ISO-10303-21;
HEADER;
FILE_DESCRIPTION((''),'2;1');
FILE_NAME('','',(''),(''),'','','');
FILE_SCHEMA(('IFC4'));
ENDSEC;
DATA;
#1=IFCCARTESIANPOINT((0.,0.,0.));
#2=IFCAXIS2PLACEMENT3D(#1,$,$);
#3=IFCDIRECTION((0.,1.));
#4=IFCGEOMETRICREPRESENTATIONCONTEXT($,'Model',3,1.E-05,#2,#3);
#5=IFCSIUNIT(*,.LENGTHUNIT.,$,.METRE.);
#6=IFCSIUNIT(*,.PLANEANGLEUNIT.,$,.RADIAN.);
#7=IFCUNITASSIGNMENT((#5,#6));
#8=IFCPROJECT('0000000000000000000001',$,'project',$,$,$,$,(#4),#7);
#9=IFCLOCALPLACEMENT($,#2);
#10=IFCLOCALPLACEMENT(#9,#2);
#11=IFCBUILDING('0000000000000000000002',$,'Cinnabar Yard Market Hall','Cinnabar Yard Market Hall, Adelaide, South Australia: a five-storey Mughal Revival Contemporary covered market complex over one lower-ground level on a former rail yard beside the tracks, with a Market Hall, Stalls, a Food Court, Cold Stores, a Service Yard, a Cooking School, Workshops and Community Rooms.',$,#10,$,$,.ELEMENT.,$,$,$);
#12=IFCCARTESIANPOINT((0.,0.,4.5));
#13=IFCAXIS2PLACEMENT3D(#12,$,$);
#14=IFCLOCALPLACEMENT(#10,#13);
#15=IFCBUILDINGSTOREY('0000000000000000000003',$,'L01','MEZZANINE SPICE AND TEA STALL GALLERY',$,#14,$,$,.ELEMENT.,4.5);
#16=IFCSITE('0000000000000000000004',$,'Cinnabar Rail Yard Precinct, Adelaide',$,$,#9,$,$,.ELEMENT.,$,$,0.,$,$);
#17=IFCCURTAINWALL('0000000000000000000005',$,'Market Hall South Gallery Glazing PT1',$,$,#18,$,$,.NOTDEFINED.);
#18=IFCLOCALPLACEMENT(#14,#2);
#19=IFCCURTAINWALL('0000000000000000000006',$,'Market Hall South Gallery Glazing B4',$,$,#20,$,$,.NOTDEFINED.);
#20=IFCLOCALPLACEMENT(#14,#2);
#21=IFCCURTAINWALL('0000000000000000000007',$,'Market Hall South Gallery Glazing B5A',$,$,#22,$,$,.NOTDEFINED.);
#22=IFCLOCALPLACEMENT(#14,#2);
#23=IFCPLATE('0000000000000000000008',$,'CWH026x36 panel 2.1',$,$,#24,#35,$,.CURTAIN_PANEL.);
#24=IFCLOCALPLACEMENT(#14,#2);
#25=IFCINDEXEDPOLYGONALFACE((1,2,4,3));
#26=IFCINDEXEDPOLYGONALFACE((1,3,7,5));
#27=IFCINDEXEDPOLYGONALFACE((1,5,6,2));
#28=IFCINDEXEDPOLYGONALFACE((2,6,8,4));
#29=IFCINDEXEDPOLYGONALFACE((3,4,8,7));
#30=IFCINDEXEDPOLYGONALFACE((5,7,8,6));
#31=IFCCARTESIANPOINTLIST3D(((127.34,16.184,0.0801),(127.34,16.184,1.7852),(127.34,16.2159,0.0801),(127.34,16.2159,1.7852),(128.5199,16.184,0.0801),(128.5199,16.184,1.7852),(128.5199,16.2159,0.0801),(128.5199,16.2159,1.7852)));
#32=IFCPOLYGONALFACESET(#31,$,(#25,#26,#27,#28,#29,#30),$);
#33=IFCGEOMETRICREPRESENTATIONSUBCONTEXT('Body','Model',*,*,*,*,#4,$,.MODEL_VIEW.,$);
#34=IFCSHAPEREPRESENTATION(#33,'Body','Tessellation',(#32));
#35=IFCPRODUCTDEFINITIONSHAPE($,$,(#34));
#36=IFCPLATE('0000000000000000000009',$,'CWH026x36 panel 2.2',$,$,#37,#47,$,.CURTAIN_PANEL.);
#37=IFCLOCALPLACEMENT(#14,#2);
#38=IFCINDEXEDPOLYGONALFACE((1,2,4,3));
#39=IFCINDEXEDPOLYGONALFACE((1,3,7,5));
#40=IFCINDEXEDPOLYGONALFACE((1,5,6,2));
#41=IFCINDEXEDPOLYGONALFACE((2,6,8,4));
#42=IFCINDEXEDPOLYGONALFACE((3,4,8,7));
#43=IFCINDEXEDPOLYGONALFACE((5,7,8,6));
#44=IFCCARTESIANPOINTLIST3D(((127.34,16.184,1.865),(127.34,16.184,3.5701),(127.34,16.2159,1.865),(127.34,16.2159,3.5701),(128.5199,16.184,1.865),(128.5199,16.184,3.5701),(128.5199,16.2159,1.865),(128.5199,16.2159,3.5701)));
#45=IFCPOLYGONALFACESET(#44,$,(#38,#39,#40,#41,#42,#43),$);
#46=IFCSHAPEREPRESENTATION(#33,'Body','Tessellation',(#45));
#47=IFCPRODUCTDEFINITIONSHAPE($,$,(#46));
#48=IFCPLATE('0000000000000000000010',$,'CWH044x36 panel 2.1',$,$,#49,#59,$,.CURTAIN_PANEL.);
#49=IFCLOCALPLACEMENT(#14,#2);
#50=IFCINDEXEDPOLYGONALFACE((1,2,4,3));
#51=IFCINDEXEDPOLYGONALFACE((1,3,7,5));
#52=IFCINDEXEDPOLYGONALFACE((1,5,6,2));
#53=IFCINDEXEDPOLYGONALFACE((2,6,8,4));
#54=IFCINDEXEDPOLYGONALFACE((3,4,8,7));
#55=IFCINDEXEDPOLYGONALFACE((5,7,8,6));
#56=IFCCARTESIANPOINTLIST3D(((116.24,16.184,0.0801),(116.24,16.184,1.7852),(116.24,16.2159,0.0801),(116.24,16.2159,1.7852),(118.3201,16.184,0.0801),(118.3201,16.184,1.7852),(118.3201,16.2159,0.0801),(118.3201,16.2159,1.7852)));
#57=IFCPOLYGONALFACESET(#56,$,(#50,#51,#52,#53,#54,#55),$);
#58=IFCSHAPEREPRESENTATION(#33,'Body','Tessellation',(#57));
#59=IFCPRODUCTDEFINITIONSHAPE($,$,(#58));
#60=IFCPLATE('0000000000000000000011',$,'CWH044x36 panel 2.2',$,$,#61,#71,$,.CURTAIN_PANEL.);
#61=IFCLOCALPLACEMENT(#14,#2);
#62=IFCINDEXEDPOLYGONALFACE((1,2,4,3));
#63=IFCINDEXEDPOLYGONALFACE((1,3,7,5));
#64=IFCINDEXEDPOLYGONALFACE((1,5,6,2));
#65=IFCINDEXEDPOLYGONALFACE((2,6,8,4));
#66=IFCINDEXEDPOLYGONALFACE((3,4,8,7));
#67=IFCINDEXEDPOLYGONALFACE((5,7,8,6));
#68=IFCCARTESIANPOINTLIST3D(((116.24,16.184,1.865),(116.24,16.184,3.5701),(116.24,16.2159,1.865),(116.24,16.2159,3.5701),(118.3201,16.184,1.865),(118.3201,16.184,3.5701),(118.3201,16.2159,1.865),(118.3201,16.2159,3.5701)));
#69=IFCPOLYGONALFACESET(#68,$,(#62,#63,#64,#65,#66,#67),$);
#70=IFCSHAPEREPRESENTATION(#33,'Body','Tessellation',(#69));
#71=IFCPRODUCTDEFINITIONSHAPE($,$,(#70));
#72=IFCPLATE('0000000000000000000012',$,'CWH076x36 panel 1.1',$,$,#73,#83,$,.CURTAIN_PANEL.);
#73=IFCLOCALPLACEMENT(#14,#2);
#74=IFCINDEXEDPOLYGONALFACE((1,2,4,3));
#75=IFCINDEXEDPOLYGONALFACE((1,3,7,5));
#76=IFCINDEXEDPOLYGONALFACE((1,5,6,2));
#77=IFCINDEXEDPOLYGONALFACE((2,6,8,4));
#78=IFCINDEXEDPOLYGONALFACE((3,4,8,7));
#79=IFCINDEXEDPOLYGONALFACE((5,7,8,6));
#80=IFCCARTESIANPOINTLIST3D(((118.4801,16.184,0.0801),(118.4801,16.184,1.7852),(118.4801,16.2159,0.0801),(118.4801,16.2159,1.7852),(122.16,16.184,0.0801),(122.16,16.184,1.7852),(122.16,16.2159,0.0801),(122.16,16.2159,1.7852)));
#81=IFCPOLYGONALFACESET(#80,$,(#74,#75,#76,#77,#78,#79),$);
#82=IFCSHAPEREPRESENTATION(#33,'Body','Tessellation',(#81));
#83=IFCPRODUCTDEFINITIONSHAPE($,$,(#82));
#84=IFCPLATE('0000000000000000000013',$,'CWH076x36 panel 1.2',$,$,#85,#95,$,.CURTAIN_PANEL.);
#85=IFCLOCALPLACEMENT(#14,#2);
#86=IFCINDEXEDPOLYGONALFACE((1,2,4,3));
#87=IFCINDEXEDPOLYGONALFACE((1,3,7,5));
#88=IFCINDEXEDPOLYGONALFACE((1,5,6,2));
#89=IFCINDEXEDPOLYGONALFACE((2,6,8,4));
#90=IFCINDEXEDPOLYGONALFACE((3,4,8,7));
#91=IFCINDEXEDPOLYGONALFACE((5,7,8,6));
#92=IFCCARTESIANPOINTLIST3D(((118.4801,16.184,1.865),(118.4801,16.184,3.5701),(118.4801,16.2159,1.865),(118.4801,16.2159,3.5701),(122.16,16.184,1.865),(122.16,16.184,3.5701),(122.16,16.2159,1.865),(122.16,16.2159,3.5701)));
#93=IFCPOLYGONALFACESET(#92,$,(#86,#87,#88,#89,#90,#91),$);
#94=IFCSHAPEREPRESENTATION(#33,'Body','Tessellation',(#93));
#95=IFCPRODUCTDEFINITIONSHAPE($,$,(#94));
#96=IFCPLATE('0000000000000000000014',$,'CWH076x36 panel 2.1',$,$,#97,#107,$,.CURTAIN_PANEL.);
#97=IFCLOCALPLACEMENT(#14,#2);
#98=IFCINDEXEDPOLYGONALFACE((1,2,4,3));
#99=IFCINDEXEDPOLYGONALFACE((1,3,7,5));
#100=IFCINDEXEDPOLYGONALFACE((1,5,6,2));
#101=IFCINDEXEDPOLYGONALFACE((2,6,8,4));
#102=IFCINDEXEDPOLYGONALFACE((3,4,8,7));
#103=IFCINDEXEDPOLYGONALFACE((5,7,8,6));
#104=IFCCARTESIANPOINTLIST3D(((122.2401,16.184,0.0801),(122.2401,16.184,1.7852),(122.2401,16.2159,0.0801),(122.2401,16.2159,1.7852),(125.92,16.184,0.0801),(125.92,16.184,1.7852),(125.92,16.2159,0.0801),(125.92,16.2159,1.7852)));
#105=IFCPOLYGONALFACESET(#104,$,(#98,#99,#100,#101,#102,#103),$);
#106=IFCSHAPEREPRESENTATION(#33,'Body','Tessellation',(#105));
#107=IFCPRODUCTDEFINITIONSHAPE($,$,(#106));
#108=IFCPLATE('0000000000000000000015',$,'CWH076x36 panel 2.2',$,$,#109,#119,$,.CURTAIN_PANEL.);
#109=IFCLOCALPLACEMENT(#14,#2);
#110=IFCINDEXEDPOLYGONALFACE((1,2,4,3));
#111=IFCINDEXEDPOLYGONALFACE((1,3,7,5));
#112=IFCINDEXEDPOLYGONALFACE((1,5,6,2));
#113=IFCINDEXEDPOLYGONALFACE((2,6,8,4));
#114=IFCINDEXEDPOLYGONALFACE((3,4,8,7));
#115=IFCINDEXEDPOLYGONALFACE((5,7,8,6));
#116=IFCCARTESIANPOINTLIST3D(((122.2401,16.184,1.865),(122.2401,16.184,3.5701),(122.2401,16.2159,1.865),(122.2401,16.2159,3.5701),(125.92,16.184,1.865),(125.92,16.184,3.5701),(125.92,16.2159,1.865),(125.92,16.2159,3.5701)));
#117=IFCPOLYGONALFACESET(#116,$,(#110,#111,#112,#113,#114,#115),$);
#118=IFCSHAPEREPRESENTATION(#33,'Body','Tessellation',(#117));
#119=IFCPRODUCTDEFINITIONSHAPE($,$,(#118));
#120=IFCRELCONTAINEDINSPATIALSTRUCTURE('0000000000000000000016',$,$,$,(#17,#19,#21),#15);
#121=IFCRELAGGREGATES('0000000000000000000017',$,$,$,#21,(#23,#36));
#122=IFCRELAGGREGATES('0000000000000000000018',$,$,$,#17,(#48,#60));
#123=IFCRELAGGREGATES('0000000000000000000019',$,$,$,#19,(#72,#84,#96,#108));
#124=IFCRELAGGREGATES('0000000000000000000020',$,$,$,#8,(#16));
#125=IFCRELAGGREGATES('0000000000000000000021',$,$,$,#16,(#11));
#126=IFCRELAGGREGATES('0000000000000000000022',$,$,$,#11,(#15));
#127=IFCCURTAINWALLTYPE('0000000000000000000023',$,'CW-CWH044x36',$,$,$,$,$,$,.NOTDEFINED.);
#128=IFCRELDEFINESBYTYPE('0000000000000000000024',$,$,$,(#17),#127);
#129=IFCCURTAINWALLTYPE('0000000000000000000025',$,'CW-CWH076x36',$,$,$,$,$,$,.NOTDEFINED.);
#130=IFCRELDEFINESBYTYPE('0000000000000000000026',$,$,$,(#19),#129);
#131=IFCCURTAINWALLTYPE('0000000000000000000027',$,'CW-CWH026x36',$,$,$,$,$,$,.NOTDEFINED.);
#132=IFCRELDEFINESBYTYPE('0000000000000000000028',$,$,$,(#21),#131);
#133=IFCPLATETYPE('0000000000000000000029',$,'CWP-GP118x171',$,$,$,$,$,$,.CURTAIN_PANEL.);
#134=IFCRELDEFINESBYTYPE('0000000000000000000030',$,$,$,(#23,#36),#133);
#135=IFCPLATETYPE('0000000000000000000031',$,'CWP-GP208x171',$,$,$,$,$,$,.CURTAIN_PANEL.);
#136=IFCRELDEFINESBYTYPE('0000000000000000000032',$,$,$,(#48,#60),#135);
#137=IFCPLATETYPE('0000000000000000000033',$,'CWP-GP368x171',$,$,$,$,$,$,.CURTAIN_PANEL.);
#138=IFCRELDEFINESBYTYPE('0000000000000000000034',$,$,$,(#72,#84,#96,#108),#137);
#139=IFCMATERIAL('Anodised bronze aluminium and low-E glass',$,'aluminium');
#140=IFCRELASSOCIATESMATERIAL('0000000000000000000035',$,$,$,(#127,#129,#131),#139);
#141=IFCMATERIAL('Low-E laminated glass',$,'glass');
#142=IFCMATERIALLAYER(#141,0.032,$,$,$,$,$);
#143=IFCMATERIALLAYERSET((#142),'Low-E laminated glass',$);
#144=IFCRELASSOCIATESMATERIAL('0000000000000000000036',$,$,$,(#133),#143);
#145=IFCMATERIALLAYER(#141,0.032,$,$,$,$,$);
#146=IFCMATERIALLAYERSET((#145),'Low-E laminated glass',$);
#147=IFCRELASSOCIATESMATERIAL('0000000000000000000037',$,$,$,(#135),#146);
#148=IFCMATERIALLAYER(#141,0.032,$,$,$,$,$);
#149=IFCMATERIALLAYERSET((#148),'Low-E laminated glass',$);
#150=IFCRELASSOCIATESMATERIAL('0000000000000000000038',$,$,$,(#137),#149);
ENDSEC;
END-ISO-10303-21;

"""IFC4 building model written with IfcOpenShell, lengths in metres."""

from ifc_helpers import new_model, si_unit, direction, frame, origin, origin_2d_with_axis, place, context, subcontext, project, spatial, rectangle, extrude, material, layer, layer_set, type_object, element, aggregate, save


model = new_model("IFC4")

# Units and contexts
model_context = context("Model", 3, precision=1e-05, world=origin(), true_north=direction((0.0, 1.0)))
body_context = subcontext(model_context, "Body", "Model", "MODEL_VIEW")
ifc_project = project(units=[si_unit("LENGTHUNIT", "METRE"), si_unit("PLANEANGLEUNIT", "RADIAN")], contexts=[model_context])

# Site, building, storey
site_placement = place(None, origin())
site = spatial("IfcSite", under=ifc_project, at=site_placement, Name="Cinnabar Rail Yard Precinct, Adelaide", CompositionType="ELEMENT", RefElevation=0.0)
building_placement = place(site_placement, origin())
building = spatial("IfcBuilding", under=site, at=building_placement, Name="Cinnabar Yard Market Hall", Description="Cinnabar Yard Market Hall, Adelaide, South Australia: a five-storey Mughal Revival Contemporary covered market complex over one lower-ground level on a former rail yard beside the tracks, with a Market Hall, Stalls, a Food Court, Cold Stores, a Service Yard, a Cooking School, Workshops and Community Rooms.", CompositionType="ELEMENT")
storey_placement = place(building_placement, frame((0.0, 0.0, 4.5)))
storey = spatial("IfcBuildingStorey", under=building, at=storey_placement, Name="L01", Description="MEZZANINE SPICE AND TEA STALL GALLERY", CompositionType="ELEMENT", Elevation=4.5)

# Curtain wall
ifc_material_1 = material(Name="Anodised bronze aluminium and low-E glass", Category="aluminium")
curtain_wall_type_1 = type_object("IfcCurtainWallType", Name="CW-CWH044x36", PredefinedType="NOTDEFINED", material=ifc_material_1)
curtain_wall_1_placement = place(storey_placement, origin())
curtain_wall_1 = element("IfcCurtainWall", 1, at=curtain_wall_1_placement, inside=storey, type_object=curtain_wall_type_1, Name="Market Hall South Gallery Glazing PT1", PredefinedType="NOTDEFINED")

# Curtain walls
curtain_wall_type_2 = type_object("IfcCurtainWallType", Name="CW-CWH076x36", PredefinedType="NOTDEFINED", material=ifc_material_1)
curtain_wall_2_placement = place(storey_placement, origin())
curtain_wall_2 = element("IfcCurtainWall", 2, at=curtain_wall_2_placement, inside=storey, type_object=curtain_wall_type_2, Name="Market Hall South Gallery Glazing B4", PredefinedType="NOTDEFINED")
curtain_wall_type_3 = type_object("IfcCurtainWallType", Name="CW-CWH026x36", PredefinedType="NOTDEFINED", material=ifc_material_1)
curtain_wall_3_placement = place(storey_placement, origin())
curtain_wall_3 = element("IfcCurtainWall", 3, at=curtain_wall_3_placement, inside=storey, type_object=curtain_wall_type_3, Name="Market Hall South Gallery Glazing B5A", PredefinedType="NOTDEFINED")

# Plates
ifc_material_2 = material(Name="Low-E laminated glass", Category="glass")
ifc_layer_1 = layer(ifc_material_2, 0.032)
ifc_layer_set_1 = layer_set([ifc_layer_1], Name="Low-E laminated glass")
plate_type_1 = type_object("IfcPlateType", Name="CWP-GP118x171", PredefinedType="CURTAIN_PANEL", material=ifc_layer_set_1)
plate_1_placement = place(storey_placement, frame((127.9299, 16.2, 0.0801), z_axis=(0.0, 0.0, 1.0), x_axis=(1.0, 0.0, 0.0)))
plate_1 = element("IfcPlate", 4, at=plate_1_placement, type_object=plate_type_1, Name="CWH026x36 panel 2.1", PredefinedType="CURTAIN_PANEL", context=body_context, shape_type="SweptSolid", body=[
    extrude(rectangle(XDim=1.1799, YDim=0.032, at=origin_2d_with_axis()), origin(), (0.0, 0.0, 1.0), 1.7051),
])
plate_2_placement = place(storey_placement, frame((127.9299, 16.2, 1.865), z_axis=(0.0, 0.0, 1.0), x_axis=(1.0, 0.0, 0.0)))
plate_2 = element("IfcPlate", 5, at=plate_2_placement, type_object=plate_type_1, Name="CWH026x36 panel 2.2", PredefinedType="CURTAIN_PANEL", context=body_context, shape_type="SweptSolid", body=[
    extrude(rectangle(XDim=1.1799, YDim=0.032, at=origin_2d_with_axis()), origin(), (0.0, 0.0, 1.0), 1.7051),
])
aggregate(curtain_wall_3, [plate_1, plate_2])
ifc_layer_2 = layer(ifc_material_2, 0.032)
ifc_layer_set_2 = layer_set([ifc_layer_2], Name="Low-E laminated glass")
plate_type_2 = type_object("IfcPlateType", Name="CWP-GP208x171", PredefinedType="CURTAIN_PANEL", material=ifc_layer_set_2)
plate_3_placement = place(storey_placement, frame((117.28, 16.2, 0.0801), z_axis=(0.0, 0.0, 1.0), x_axis=(1.0, 0.0, 0.0)))
plate_3 = element("IfcPlate", 6, at=plate_3_placement, type_object=plate_type_2, Name="CWH044x36 panel 2.1", PredefinedType="CURTAIN_PANEL", context=body_context, shape_type="SweptSolid", body=[
    extrude(rectangle(XDim=2.0801, YDim=0.032, at=origin_2d_with_axis()), origin(), (0.0, 0.0, 1.0), 1.7051),
])
plate_4_placement = place(storey_placement, frame((117.28, 16.2, 1.865), z_axis=(0.0, 0.0, 1.0), x_axis=(1.0, 0.0, 0.0)))
plate_4 = element("IfcPlate", 7, at=plate_4_placement, type_object=plate_type_2, Name="CWH044x36 panel 2.2", PredefinedType="CURTAIN_PANEL", context=body_context, shape_type="SweptSolid", body=[
    extrude(rectangle(XDim=2.0801, YDim=0.032, at=origin_2d_with_axis()), origin(), (0.0, 0.0, 1.0), 1.7051),
])
aggregate(curtain_wall_1, [plate_3, plate_4])
ifc_layer_3 = layer(ifc_material_2, 0.032)
ifc_layer_set_3 = layer_set([ifc_layer_3], Name="Low-E laminated glass")
plate_type_3 = type_object("IfcPlateType", Name="CWP-GP368x171", PredefinedType="CURTAIN_PANEL", material=ifc_layer_set_3)
plate_5_placement = place(storey_placement, frame((120.3201, 16.2, 0.0801), z_axis=(0.0, 0.0, 1.0), x_axis=(1.0, 0.0, 0.0)))
plate_5 = element("IfcPlate", 8, at=plate_5_placement, type_object=plate_type_3, Name="CWH076x36 panel 1.1", PredefinedType="CURTAIN_PANEL", context=body_context, shape_type="SweptSolid", body=[
    extrude(rectangle(XDim=3.6799, YDim=0.032, at=origin_2d_with_axis()), origin(), (0.0, 0.0, 1.0), 1.7051),
])
plate_6_placement = place(storey_placement, frame((120.3201, 16.2, 1.865), z_axis=(0.0, 0.0, 1.0), x_axis=(1.0, 0.0, 0.0)))
plate_6 = element("IfcPlate", 9, at=plate_6_placement, type_object=plate_type_3, Name="CWH076x36 panel 1.2", PredefinedType="CURTAIN_PANEL", context=body_context, shape_type="SweptSolid", body=[
    extrude(rectangle(XDim=3.6799, YDim=0.032, at=origin_2d_with_axis()), origin(), (0.0, 0.0, 1.0), 1.7051),
])
plate_7_placement = place(storey_placement, frame((124.0801, 16.2, 0.0801), z_axis=(0.0, 0.0, 1.0), x_axis=(1.0, 0.0, 0.0)))
plate_7 = element("IfcPlate", 10, at=plate_7_placement, type_object=plate_type_3, Name="CWH076x36 panel 2.1", PredefinedType="CURTAIN_PANEL", context=body_context, shape_type="SweptSolid", body=[
    extrude(rectangle(XDim=3.6799, YDim=0.032, at=origin_2d_with_axis()), origin(), (0.0, 0.0, 1.0), 1.7051),
])
plate_8_placement = place(storey_placement, frame((124.0801, 16.2, 1.865), z_axis=(0.0, 0.0, 1.0), x_axis=(1.0, 0.0, 0.0)))
plate_8 = element("IfcPlate", 11, at=plate_8_placement, type_object=plate_type_3, Name="CWH076x36 panel 2.2", PredefinedType="CURTAIN_PANEL", context=body_context, shape_type="SweptSolid", body=[
    extrude(rectangle(XDim=3.6799, YDim=0.032, at=origin_2d_with_axis()), origin(), (0.0, 0.0, 1.0), 1.7051),
])
aggregate(curtain_wall_2, [plate_5, plate_6, plate_7, plate_8])

save(model, "model.ifc")
